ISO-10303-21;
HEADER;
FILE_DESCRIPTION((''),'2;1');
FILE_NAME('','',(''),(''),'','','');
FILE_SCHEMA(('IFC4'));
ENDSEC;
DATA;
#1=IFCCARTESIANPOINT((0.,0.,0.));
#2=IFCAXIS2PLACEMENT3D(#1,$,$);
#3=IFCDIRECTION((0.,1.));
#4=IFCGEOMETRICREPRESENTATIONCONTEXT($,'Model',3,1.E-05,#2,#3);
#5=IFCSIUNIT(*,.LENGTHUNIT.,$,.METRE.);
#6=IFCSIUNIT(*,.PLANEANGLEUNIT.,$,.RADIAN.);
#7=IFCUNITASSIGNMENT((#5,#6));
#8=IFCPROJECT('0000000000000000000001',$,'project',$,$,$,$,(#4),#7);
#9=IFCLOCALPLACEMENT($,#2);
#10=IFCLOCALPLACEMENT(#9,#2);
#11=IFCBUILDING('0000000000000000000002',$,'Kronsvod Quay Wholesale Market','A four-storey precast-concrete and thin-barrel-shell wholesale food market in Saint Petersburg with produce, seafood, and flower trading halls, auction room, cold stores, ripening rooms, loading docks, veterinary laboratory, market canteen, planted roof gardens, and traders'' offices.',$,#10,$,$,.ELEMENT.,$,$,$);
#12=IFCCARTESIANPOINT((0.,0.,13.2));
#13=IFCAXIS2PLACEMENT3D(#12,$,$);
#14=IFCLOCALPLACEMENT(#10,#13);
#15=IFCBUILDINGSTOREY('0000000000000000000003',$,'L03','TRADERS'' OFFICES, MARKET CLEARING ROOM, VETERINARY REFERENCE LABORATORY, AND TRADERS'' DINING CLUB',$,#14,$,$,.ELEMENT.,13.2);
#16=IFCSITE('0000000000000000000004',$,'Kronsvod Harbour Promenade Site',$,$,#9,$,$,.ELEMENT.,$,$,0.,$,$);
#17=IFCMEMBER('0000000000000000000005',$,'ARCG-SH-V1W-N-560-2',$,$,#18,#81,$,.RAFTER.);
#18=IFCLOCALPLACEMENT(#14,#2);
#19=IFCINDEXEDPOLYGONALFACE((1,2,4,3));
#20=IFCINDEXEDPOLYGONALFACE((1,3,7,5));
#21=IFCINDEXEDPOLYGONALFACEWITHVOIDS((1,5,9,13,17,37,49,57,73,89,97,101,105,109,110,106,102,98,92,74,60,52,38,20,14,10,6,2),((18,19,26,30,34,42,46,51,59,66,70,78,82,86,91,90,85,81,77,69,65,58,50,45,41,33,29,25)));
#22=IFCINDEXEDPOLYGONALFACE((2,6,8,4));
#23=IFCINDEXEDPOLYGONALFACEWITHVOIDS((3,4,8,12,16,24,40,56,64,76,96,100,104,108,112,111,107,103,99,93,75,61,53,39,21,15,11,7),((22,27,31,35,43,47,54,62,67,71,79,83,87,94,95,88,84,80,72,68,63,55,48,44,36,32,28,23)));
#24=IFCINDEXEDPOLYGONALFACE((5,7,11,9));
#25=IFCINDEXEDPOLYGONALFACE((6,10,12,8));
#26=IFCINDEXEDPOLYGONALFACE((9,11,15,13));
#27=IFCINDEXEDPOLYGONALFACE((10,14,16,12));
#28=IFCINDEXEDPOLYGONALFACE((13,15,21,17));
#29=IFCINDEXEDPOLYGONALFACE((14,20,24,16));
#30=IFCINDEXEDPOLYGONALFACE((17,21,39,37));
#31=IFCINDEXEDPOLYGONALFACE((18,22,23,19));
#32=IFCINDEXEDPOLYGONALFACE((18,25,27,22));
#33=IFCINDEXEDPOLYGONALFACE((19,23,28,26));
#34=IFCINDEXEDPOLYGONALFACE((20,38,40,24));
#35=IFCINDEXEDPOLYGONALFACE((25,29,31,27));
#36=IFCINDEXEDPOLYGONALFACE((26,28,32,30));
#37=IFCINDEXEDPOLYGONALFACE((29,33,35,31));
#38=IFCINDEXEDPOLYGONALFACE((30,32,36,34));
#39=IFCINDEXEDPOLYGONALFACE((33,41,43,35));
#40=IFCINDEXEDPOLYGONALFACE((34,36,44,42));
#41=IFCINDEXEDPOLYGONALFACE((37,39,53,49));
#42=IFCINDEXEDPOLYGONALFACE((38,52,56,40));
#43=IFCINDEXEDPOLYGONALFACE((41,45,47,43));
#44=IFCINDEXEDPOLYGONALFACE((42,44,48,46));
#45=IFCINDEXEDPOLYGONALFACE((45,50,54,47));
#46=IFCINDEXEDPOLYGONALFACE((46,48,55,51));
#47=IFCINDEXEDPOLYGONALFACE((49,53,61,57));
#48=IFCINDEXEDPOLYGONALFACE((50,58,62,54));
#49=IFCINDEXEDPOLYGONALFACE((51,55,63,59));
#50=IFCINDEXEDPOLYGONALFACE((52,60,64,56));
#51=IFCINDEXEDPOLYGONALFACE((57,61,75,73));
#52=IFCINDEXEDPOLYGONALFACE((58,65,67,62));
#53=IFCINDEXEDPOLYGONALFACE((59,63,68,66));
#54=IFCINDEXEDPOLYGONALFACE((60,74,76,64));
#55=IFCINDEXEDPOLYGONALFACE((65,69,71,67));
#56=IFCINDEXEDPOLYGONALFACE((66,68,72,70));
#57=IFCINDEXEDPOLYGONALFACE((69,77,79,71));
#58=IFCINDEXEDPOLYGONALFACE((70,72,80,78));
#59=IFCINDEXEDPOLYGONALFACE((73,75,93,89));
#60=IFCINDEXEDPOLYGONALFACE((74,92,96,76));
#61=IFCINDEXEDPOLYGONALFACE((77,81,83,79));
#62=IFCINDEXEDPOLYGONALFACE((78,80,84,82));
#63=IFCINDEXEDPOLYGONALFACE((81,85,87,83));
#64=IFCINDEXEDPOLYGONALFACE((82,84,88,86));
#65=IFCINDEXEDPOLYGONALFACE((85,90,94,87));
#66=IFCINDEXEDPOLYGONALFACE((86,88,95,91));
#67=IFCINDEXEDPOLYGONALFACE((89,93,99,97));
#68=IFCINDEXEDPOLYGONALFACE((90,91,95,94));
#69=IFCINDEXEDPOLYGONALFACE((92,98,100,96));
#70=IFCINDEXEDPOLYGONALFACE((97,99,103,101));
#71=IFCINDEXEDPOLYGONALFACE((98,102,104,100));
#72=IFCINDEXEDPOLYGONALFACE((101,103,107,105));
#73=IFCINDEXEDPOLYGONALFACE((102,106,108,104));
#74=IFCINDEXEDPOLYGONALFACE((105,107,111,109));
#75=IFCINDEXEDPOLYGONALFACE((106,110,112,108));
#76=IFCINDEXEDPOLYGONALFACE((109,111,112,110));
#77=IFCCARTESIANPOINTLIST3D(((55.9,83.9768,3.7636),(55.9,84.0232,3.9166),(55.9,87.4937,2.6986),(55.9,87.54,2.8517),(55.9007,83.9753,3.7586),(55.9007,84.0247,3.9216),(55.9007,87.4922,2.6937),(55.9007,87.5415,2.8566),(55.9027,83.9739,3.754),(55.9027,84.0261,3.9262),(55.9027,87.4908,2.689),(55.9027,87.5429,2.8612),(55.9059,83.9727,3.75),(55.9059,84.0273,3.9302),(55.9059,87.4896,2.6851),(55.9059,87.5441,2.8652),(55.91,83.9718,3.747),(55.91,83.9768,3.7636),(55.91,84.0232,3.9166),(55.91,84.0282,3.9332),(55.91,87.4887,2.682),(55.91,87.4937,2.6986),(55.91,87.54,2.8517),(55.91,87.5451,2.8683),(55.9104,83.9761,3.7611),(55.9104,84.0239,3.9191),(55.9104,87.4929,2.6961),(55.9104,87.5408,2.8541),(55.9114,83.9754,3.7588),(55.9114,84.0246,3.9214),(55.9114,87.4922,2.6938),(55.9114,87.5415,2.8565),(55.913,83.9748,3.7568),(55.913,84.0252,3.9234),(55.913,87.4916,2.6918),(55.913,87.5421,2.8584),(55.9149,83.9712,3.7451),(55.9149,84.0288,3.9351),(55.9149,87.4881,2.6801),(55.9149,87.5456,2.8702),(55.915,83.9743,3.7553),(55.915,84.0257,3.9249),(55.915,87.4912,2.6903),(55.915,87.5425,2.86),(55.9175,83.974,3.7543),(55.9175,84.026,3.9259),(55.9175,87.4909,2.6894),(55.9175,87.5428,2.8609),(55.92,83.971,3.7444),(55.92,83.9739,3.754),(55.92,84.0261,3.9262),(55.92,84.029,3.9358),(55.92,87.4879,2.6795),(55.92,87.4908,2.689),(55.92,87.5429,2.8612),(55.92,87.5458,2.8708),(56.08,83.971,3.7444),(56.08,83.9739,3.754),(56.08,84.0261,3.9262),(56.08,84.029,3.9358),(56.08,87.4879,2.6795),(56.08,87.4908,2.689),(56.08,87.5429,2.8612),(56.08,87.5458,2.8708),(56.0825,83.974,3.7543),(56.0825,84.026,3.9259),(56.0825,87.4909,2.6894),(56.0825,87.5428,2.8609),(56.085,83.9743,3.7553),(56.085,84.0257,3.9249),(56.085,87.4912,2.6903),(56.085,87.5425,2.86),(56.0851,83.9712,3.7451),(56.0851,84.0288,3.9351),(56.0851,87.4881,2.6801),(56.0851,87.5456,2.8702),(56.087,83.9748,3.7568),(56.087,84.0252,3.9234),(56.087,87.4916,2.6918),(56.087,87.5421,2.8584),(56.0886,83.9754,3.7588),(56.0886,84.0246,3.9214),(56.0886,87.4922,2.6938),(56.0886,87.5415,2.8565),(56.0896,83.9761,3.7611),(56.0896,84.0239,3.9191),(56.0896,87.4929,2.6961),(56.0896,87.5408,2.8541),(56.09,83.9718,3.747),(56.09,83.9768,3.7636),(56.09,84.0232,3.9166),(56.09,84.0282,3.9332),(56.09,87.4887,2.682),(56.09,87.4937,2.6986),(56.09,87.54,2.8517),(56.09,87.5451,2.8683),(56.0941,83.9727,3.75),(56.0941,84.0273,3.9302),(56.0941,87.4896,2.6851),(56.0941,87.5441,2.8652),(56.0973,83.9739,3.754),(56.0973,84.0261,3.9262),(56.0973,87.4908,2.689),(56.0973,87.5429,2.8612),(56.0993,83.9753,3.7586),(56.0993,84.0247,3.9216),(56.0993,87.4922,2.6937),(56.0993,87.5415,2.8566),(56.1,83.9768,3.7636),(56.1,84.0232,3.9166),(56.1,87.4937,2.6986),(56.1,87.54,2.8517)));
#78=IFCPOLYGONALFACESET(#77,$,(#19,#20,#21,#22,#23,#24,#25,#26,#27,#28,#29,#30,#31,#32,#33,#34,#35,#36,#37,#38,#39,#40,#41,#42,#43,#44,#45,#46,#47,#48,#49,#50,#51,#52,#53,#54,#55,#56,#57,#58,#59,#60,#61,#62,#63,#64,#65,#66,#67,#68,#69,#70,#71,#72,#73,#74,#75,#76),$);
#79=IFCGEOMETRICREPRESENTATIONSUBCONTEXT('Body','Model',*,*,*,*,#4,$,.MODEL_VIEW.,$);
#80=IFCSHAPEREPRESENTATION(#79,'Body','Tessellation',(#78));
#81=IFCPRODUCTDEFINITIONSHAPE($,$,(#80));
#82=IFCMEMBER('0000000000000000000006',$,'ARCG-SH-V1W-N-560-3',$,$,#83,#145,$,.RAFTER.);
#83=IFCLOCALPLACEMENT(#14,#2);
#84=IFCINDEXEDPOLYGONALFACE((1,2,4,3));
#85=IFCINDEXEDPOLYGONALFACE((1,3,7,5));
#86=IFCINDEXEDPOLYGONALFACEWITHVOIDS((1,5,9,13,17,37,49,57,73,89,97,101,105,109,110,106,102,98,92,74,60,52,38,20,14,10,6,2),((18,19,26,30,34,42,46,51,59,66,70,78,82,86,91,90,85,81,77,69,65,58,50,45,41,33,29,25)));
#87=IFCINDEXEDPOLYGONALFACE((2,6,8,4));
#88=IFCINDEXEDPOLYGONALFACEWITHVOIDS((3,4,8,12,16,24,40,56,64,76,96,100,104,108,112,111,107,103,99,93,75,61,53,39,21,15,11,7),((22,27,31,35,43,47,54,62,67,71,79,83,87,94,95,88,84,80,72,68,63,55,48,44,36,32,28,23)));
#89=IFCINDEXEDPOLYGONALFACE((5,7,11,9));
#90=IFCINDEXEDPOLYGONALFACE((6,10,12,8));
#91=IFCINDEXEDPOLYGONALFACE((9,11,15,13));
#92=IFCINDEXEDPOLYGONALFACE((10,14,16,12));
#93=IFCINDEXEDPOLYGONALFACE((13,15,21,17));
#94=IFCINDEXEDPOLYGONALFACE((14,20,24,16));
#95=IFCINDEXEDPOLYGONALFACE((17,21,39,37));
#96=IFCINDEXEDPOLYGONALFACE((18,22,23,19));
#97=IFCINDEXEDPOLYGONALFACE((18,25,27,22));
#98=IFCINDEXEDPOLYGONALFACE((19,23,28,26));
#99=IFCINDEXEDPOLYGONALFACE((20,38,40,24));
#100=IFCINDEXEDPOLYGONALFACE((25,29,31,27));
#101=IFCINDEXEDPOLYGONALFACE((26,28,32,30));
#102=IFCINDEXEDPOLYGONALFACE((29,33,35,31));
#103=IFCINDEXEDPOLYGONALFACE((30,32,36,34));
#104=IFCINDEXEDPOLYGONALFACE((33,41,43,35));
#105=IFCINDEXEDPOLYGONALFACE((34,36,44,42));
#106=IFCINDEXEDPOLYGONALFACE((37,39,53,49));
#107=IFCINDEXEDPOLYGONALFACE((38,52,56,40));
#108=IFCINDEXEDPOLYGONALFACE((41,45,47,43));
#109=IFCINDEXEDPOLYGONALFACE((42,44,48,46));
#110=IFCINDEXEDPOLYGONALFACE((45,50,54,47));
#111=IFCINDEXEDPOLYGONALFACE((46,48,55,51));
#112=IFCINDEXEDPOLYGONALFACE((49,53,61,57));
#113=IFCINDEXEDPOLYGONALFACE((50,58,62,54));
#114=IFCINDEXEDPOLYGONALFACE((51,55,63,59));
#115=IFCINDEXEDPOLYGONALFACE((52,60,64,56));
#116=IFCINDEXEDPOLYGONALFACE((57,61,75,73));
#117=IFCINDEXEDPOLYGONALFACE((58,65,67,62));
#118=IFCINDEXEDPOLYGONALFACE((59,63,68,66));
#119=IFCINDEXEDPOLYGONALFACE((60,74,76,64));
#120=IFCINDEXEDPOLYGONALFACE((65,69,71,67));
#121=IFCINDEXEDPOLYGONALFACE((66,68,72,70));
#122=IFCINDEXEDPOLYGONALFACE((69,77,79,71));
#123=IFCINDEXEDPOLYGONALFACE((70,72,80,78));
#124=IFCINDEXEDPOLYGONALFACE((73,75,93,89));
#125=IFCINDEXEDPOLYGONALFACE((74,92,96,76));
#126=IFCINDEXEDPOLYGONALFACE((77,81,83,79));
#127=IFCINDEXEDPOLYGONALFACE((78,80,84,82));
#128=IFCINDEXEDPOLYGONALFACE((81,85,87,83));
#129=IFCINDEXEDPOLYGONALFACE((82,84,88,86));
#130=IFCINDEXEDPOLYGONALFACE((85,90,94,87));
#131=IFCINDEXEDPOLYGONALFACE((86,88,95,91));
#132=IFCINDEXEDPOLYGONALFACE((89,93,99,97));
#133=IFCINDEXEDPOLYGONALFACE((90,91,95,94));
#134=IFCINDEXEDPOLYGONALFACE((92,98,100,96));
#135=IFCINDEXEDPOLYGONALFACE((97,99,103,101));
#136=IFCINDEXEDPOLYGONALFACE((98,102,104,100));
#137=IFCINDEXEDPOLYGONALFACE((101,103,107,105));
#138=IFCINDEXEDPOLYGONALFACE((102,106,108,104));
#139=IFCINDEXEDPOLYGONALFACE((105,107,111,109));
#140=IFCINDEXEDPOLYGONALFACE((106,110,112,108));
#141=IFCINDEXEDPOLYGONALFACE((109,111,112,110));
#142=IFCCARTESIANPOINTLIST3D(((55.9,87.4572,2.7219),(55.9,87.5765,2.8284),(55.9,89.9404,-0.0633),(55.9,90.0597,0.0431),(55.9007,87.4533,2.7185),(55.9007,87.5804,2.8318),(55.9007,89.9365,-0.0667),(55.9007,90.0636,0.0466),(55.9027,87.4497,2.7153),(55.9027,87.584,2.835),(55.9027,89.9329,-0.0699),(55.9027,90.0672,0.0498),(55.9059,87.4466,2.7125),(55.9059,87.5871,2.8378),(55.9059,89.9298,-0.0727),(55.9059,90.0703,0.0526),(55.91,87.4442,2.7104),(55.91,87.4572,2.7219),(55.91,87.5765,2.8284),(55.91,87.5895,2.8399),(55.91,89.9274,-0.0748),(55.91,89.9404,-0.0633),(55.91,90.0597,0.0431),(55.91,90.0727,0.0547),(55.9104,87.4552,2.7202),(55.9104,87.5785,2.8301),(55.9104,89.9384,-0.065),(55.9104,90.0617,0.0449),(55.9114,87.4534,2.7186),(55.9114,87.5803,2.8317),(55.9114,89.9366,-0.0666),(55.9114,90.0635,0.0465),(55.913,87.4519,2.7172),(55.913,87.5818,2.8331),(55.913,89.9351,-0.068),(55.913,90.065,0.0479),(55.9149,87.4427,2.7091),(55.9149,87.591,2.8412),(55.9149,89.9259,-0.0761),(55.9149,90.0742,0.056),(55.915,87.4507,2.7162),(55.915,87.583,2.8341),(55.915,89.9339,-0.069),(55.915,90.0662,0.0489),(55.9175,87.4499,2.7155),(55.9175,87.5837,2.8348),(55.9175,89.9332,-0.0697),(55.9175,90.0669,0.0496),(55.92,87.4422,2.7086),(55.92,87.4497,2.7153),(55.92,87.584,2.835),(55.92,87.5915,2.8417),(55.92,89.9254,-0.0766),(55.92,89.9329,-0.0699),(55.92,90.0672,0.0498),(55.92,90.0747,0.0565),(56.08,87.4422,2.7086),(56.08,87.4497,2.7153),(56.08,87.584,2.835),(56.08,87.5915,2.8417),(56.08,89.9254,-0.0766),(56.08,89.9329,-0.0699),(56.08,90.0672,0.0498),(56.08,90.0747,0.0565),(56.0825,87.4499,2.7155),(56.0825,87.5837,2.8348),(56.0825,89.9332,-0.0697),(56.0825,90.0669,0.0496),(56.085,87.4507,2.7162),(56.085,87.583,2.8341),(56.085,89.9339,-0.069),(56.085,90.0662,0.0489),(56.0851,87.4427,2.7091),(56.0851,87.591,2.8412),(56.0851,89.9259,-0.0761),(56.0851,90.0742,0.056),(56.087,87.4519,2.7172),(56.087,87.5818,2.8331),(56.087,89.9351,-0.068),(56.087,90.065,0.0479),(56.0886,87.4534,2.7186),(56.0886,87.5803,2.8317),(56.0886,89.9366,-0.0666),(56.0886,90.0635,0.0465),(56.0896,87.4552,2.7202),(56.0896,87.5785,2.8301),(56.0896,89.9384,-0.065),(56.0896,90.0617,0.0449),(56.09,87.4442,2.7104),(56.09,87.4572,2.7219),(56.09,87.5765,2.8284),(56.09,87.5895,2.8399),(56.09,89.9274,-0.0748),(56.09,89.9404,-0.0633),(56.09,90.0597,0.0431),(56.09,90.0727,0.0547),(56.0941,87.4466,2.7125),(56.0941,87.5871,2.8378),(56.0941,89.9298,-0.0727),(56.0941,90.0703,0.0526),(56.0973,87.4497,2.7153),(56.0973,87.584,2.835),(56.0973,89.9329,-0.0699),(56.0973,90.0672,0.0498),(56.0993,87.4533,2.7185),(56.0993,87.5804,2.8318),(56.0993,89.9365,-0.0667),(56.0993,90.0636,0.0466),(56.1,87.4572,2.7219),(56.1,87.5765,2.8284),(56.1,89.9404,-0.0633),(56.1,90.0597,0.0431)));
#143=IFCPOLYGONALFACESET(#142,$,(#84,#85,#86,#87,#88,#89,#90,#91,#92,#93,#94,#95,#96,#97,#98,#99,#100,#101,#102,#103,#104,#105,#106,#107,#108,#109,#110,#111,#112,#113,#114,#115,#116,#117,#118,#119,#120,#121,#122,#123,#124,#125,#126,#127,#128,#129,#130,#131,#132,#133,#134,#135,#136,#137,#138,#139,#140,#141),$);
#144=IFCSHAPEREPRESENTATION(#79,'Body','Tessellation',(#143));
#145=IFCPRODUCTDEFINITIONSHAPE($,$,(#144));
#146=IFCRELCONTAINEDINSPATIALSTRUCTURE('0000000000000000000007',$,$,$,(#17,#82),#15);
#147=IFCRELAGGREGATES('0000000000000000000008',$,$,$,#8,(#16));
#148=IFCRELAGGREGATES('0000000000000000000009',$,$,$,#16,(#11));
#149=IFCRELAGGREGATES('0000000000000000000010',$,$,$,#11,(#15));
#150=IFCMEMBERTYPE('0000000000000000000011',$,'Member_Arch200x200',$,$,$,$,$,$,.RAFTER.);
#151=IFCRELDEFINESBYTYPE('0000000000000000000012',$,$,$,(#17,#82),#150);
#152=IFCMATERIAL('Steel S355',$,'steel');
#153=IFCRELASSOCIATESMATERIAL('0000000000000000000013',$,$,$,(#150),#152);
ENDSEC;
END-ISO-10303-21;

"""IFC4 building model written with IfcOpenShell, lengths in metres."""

from ifc_helpers import new_model, si_unit, direction, frame, origin, origin_2d, place, context, subcontext, project, spatial, hollow_rectangle, extrude, material, material_profile, profile_set, type_object, element, save


model = new_model("IFC4")

# Units and contexts
model_context = context("Model", 3, precision=1e-05, world=origin(), true_north=direction((0.0, 1.0)))
body_context = subcontext(model_context, "Body", "Model", "MODEL_VIEW")
ifc_project = project(units=[si_unit("LENGTHUNIT", "METRE"), si_unit("PLANEANGLEUNIT", "RADIAN")], contexts=[model_context])

# Site, building, storey
site_placement = place(None, origin())
site = spatial("IfcSite", under=ifc_project, at=site_placement, Name="Kronsvod Harbour Promenade Site", CompositionType="ELEMENT", RefElevation=0.0)
building_placement = place(site_placement, origin())
building = spatial("IfcBuilding", under=site, at=building_placement, Name="Kronsvod Quay Wholesale Market", Description="A four-storey precast-concrete and thin-barrel-shell wholesale food market in Saint Petersburg with produce, seafood, and flower trading halls, auction room, cold stores, ripening rooms, loading docks, veterinary laboratory, market canteen, planted roof gardens, and traders' offices.", CompositionType="ELEMENT")
storey_placement = place(building_placement, frame((0.0, 0.0, 13.2)))
storey = spatial("IfcBuildingStorey", under=building, at=storey_placement, Name="L03", Description="TRADERS' OFFICES, MARKET CLEARING ROOM, VETERINARY REFERENCE LABORATORY, AND TRADERS' DINING CLUB", CompositionType="ELEMENT", Elevation=13.2)

# Members
ifc_material_1 = material(Name="Steel S355", Category="steel")
ifc_material_profile_1 = material_profile(ifc_material_1, hollow_rectangle(XDim=0.2, YDim=0.2, WallThickness=0.01, InnerFilletRadius=0.01, OuterFilletRadius=0.02, at=origin_2d()), Name="RHS200x200x10")
ifc_profile_set_1 = profile_set([ifc_material_profile_1], Name="Steel S355")
member_type_1 = type_object("IfcMemberType", Name="Member_Arch200x200", PredefinedType="RAFTER", material=ifc_profile_set_1)
for number, where, z_axis, x_axis, name in (
    (1, (56.0, 84.0, 3.8401), (0.0, 0.957083, -0.289816), (-1.0, 0.0, 0.0), "ARCG-SH-V1W-N-560-2"),
):
    element("IfcMember", number, at=place(storey_placement, frame(where, z_axis=z_axis, x_axis=x_axis)), inside=storey, type_object=member_type_1, Name=name, PredefinedType="RAFTER", context=body_context, shape_type="SweptSolid", body=[
        extrude(hollow_rectangle(XDim=0.2, YDim=0.2, WallThickness=0.01, InnerFilletRadius=0.01, OuterFilletRadius=0.02, at=origin_2d()), origin(), (0.0, 0.0, 1.0), 3.6746),
    ])
member_1_placement = place(storey_placement, frame((56.0, 87.5168, 2.7751), z_axis=(0.0, 0.66548, -0.746416), x_axis=(-1.0, 0.0, 0.0)))
element("IfcMember", 2, at=member_1_placement, inside=storey, type_object=member_type_1, Name="ARCG-SH-V1W-N-560-3", PredefinedType="RAFTER", context=body_context, shape_type="SweptSolid", body=[
    extrude(hollow_rectangle(XDim=0.2, YDim=0.2, WallThickness=0.01, InnerFilletRadius=0.01, OuterFilletRadius=0.02, at=origin_2d()), origin(), (0.0, 0.0, 1.0), 3.7314),
])

save(model, "model.ifc")
